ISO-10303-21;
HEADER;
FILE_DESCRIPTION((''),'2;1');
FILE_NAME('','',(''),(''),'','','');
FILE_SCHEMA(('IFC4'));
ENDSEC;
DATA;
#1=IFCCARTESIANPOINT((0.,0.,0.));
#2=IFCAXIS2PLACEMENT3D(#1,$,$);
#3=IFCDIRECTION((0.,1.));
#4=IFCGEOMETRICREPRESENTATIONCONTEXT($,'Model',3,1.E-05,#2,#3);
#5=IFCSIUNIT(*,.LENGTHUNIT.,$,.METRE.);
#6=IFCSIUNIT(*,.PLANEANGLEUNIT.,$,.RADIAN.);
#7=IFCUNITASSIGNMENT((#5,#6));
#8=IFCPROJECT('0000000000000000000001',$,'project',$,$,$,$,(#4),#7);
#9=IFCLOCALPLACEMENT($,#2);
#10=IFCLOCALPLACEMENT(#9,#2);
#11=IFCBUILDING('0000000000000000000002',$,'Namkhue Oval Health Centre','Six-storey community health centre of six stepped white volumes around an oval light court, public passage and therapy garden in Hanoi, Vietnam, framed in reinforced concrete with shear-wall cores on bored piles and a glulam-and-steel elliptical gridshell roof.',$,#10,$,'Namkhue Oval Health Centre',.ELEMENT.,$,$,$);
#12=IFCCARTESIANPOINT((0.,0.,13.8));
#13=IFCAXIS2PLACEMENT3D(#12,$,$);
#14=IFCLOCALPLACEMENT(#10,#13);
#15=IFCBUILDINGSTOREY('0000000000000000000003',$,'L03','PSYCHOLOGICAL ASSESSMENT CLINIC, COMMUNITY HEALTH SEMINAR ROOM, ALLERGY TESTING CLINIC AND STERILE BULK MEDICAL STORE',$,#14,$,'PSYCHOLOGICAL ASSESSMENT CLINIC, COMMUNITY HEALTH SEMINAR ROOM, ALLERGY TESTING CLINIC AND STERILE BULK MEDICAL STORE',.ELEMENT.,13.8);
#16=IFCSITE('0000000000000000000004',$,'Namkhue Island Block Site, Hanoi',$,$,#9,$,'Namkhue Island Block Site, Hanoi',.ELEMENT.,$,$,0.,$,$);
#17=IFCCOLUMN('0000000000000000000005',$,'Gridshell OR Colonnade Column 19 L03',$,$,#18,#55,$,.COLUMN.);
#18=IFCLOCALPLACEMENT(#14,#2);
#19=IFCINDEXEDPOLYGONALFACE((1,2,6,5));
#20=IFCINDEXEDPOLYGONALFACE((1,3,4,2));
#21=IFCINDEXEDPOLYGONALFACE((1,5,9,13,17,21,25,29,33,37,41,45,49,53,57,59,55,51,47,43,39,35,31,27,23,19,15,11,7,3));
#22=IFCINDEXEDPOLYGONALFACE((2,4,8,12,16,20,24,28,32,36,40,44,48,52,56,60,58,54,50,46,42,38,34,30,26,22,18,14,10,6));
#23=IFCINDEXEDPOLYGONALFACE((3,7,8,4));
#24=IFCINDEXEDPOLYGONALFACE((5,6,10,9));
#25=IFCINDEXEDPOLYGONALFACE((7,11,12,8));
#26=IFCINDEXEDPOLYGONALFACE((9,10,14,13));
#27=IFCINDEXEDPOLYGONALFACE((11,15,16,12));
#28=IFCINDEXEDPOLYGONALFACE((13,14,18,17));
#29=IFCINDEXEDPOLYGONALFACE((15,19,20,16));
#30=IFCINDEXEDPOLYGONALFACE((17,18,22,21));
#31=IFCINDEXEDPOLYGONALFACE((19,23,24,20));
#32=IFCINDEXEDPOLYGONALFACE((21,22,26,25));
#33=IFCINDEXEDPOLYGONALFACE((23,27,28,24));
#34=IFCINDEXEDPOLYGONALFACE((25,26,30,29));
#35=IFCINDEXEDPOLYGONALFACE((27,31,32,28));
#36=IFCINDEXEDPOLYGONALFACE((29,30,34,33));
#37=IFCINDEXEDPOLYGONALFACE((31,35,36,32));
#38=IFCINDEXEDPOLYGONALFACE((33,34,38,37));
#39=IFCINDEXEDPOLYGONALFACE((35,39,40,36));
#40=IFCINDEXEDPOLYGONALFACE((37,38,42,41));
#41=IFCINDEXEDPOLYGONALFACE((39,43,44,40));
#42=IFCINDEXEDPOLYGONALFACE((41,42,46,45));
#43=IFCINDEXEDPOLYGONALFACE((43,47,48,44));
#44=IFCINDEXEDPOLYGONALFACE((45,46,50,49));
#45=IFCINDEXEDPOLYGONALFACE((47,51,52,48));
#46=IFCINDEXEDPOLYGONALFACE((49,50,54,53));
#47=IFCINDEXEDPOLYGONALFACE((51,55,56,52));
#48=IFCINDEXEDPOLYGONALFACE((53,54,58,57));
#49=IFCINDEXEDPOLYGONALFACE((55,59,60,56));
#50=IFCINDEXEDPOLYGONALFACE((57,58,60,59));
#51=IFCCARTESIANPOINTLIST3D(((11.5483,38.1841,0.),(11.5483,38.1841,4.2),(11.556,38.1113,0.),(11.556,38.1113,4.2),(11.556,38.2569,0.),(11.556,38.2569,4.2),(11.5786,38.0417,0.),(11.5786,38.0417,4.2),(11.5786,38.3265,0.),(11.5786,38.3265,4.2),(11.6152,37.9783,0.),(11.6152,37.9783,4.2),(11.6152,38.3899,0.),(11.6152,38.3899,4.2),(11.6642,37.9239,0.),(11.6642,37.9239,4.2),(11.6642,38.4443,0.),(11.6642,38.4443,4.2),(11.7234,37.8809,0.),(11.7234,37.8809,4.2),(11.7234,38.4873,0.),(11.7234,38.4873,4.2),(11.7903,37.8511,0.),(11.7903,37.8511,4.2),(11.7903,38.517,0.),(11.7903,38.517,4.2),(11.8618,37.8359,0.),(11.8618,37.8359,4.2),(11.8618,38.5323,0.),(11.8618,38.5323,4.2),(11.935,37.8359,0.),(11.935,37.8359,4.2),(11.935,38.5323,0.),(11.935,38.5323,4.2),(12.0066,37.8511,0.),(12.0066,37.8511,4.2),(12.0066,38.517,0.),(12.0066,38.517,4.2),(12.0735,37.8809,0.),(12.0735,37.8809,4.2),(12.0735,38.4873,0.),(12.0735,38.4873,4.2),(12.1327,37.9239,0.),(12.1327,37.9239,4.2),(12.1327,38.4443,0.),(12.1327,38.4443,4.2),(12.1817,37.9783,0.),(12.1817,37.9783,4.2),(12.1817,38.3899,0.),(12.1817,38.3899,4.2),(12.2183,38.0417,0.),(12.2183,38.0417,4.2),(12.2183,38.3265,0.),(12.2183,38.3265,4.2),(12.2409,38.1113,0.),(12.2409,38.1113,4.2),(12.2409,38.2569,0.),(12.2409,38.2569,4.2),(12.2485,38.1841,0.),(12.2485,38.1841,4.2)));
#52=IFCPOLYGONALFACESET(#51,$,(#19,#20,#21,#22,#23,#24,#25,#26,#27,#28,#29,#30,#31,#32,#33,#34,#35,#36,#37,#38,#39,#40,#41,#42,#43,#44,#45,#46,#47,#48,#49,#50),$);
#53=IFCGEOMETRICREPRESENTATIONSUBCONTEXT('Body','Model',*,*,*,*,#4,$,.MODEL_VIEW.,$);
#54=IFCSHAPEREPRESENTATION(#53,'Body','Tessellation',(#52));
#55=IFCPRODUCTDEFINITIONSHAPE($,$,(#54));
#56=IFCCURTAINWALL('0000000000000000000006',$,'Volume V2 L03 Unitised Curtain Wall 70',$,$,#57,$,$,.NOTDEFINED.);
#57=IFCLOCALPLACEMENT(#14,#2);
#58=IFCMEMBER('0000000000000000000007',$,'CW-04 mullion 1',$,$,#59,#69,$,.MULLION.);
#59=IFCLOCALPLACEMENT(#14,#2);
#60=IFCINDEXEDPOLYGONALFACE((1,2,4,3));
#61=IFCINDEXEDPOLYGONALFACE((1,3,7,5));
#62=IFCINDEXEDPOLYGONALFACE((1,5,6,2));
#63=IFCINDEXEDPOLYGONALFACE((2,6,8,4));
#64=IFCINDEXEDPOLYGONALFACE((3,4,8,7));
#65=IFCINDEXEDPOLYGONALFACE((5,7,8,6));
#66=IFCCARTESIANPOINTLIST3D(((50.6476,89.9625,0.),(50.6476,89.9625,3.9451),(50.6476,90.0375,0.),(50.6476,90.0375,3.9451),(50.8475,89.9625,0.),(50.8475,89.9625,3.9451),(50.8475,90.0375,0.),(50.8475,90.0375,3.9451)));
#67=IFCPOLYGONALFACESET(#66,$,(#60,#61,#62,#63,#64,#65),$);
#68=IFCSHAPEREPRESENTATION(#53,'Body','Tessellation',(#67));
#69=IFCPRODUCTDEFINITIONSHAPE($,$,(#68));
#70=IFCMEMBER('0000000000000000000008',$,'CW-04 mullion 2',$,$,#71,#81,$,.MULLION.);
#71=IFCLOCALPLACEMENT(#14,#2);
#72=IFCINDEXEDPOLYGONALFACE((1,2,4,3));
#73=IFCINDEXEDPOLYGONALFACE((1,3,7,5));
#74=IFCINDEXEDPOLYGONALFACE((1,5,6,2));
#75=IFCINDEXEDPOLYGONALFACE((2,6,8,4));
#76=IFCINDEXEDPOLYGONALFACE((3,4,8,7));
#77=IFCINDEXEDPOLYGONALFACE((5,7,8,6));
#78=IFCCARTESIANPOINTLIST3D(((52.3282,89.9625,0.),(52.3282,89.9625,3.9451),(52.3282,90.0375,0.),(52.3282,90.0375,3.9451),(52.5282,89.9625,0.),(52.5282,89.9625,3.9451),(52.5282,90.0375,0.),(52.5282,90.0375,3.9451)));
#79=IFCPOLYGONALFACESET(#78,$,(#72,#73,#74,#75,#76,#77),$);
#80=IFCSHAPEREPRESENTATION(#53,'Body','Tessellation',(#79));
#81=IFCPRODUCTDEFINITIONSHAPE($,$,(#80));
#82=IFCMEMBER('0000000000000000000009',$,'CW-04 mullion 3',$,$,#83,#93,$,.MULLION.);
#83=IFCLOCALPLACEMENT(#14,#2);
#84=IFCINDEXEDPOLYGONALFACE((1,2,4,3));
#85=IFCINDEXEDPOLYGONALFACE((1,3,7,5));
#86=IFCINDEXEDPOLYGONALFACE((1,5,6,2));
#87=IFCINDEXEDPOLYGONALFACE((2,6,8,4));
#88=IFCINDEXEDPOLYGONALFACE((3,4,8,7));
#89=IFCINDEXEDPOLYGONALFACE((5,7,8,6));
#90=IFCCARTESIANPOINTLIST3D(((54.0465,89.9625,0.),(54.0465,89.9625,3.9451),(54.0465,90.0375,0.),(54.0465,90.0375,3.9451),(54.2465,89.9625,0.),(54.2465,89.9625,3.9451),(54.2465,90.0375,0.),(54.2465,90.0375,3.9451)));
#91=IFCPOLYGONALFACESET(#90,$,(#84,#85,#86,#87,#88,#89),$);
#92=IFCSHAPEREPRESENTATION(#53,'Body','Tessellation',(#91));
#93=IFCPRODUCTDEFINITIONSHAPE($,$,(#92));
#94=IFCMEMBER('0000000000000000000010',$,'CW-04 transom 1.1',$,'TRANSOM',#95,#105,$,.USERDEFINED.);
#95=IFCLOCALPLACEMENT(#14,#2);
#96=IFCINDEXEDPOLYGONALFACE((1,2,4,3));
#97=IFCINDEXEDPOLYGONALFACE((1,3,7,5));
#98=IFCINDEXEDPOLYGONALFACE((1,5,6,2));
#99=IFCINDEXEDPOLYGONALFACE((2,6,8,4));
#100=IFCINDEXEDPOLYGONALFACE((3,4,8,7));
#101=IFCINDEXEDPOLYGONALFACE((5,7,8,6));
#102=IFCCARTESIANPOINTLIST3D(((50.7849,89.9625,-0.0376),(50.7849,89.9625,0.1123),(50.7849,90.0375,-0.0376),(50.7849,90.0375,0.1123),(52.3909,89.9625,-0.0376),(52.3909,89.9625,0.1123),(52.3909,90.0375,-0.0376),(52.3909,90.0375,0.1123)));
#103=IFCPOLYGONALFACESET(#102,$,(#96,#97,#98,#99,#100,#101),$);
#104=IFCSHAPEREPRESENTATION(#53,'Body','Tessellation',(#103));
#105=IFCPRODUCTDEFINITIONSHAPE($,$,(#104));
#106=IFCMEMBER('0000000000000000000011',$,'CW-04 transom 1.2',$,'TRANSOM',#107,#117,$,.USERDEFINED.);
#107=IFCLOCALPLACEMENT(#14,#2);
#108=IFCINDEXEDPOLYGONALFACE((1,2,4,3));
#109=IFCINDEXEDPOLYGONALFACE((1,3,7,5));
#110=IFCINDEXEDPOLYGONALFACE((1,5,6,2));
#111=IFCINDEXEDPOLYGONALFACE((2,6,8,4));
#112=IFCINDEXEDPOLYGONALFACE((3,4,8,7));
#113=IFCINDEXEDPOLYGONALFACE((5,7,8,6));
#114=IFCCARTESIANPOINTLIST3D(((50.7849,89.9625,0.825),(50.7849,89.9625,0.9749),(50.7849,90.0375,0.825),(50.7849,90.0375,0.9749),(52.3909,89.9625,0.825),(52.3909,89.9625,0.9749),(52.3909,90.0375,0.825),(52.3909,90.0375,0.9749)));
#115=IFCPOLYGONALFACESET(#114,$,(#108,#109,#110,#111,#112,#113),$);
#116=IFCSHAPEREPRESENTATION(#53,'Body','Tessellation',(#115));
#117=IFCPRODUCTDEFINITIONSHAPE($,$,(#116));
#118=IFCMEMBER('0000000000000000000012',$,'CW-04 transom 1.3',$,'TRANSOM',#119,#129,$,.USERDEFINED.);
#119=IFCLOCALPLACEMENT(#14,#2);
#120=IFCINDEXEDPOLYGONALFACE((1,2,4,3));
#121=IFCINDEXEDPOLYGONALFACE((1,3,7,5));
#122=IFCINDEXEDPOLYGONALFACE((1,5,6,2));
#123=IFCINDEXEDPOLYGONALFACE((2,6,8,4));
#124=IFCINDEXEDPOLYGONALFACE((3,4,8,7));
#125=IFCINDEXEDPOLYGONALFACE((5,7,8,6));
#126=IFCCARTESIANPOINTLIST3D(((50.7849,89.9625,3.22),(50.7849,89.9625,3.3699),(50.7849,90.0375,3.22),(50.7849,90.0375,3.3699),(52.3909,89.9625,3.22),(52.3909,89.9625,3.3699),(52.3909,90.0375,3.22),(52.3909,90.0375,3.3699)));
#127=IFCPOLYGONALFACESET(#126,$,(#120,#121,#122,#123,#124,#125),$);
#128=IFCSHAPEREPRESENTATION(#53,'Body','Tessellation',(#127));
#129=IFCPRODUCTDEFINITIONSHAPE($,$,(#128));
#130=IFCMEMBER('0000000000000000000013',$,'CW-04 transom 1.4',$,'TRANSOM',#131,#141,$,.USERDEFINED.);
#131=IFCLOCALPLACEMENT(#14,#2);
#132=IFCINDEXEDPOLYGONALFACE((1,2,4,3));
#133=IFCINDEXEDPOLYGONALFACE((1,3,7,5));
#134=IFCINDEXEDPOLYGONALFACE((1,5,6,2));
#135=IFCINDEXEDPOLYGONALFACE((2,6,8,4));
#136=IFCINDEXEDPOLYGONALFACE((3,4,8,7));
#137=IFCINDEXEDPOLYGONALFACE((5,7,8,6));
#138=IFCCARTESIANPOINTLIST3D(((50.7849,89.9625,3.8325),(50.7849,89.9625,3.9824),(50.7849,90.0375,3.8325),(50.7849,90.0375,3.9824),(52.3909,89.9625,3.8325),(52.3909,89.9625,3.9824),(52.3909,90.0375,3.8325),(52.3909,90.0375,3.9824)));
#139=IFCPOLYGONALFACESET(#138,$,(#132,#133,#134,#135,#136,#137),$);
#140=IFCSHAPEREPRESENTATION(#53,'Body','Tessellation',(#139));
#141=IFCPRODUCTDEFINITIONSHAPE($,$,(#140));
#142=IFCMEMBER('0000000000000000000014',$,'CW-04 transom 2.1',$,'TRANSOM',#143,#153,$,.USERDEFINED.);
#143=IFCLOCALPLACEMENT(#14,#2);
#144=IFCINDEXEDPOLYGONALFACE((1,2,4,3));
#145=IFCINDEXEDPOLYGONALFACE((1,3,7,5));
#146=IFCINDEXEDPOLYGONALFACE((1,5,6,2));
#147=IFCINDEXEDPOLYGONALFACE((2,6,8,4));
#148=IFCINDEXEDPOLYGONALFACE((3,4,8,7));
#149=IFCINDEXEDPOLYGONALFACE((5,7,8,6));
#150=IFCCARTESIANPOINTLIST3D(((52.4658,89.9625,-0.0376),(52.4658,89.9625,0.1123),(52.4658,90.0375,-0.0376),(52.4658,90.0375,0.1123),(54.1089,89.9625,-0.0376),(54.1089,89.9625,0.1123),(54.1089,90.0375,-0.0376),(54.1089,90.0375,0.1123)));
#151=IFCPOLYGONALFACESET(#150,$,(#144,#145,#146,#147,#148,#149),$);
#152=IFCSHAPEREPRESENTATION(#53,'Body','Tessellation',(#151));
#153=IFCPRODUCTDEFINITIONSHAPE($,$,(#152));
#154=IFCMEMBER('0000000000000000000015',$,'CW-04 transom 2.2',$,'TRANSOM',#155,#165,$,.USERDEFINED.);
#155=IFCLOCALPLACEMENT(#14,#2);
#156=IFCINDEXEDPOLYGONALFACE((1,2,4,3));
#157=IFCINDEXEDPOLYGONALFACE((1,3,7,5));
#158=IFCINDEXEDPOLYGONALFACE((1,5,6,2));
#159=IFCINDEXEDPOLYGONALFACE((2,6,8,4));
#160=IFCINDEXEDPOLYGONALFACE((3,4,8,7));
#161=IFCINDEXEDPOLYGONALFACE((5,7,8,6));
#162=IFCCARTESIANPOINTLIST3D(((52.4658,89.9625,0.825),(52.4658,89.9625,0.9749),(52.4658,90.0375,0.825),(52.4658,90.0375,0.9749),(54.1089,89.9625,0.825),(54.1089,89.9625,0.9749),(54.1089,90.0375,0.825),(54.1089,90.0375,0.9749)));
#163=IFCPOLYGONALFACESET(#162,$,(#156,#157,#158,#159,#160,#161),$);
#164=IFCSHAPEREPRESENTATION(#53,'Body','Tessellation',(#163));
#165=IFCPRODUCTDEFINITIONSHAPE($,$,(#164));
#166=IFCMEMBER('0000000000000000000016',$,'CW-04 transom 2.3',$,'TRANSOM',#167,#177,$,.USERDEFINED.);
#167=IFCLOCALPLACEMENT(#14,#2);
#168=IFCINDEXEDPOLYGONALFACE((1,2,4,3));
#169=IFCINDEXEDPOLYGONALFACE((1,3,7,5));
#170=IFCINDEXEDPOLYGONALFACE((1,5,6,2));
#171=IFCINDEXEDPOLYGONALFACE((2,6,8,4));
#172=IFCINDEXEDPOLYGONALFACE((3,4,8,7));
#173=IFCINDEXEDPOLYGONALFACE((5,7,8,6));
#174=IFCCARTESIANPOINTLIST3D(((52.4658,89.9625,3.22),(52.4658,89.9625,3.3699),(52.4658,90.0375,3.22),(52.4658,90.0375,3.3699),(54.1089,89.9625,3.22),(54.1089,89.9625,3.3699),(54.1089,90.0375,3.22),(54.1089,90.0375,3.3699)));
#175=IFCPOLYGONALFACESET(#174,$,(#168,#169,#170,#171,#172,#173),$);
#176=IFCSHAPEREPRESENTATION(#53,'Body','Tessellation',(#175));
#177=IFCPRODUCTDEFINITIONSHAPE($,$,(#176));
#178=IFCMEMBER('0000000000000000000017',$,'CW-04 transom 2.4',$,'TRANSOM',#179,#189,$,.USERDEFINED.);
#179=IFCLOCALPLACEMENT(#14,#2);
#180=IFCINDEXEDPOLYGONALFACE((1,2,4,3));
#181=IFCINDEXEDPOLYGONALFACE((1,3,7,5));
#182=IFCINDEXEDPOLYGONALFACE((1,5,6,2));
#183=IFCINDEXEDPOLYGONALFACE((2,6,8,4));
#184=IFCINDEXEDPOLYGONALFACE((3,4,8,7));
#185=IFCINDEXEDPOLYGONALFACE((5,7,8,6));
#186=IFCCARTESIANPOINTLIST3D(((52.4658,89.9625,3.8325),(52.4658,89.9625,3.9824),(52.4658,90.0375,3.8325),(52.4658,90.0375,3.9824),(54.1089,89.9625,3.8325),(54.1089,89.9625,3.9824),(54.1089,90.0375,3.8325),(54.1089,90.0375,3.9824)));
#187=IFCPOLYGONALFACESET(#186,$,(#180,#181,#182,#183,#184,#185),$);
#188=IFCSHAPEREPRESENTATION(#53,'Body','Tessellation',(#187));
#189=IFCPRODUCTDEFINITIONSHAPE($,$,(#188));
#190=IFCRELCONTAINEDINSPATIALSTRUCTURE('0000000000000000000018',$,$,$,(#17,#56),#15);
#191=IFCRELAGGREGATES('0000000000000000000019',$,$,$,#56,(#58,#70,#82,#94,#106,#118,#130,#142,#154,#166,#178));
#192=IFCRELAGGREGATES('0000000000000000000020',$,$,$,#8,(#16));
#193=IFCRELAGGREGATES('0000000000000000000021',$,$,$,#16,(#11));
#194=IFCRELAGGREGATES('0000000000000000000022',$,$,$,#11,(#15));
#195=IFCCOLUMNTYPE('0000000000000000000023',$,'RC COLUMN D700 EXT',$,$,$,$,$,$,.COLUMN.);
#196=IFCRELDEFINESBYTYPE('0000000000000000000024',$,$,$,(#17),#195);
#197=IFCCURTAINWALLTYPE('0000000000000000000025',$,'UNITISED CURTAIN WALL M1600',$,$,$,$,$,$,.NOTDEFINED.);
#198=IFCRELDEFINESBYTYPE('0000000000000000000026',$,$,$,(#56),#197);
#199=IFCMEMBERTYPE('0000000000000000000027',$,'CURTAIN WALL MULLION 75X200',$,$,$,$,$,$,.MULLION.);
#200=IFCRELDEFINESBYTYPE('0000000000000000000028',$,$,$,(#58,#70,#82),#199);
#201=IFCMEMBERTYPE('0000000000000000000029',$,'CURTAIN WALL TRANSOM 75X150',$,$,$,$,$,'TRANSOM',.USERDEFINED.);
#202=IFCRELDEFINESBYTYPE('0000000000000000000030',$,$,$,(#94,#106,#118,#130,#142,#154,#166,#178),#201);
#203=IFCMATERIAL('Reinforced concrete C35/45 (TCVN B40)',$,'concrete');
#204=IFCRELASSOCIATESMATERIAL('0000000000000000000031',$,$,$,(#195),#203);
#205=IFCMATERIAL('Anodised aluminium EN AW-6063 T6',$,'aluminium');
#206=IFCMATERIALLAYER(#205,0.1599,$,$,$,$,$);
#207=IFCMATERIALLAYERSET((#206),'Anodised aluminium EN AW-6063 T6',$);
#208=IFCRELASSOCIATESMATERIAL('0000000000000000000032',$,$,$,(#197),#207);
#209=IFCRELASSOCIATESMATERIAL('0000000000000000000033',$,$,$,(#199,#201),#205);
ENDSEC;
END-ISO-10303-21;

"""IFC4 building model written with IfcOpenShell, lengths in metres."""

from ifc_helpers import new_model, si_unit, direction, frame, origin, origin_2d, place, context, subcontext, project, spatial, rectangle, circle, extrude, material, layer, layer_set, material_profile, profile_set, type_object, element, aggregate, save


model = new_model("IFC4")

# Units and contexts
model_context = context("Model", 3, precision=1e-05, world=origin(), true_north=direction((0.0, 1.0)))
body_context = subcontext(model_context, "Body", "Model", "MODEL_VIEW")
ifc_project = project(units=[si_unit("LENGTHUNIT", "METRE"), si_unit("PLANEANGLEUNIT", "RADIAN")], contexts=[model_context])

# Site, building, storey
site_placement = place(None, origin())
site = spatial("IfcSite", under=ifc_project, at=site_placement, Name="Namkhue Island Block Site, Hanoi", LongName="Namkhue Island Block Site, Hanoi", CompositionType="ELEMENT", RefElevation=0.0)
building_placement = place(site_placement, origin())
building = spatial("IfcBuilding", under=site, at=building_placement, Name="Namkhue Oval Health Centre", Description="Six-storey community health centre of six stepped white volumes around an oval light court, public passage and therapy garden in Hanoi, Vietnam, framed in reinforced concrete with shear-wall cores on bored piles and a glulam-and-steel elliptical gridshell roof.", LongName="Namkhue Oval Health Centre", CompositionType="ELEMENT")
storey_placement = place(building_placement, frame((0.0, 0.0, 13.8)))
storey = spatial("IfcBuildingStorey", under=building, at=storey_placement, Name="L03", Description="PSYCHOLOGICAL ASSESSMENT CLINIC, COMMUNITY HEALTH SEMINAR ROOM, ALLERGY TESTING CLINIC AND STERILE BULK MEDICAL STORE", LongName="PSYCHOLOGICAL ASSESSMENT CLINIC, COMMUNITY HEALTH SEMINAR ROOM, ALLERGY TESTING CLINIC AND STERILE BULK MEDICAL STORE", CompositionType="ELEMENT", Elevation=13.8)

# Column
ifc_material_1 = material(Name="Reinforced concrete C35/45 (TCVN B40)", Category="concrete")
ifc_material_profile_1 = material_profile(ifc_material_1, circle(Radius=0.3501, at=origin_2d()), Name="RC D700")
ifc_profile_set_1 = profile_set([ifc_material_profile_1], Name="Reinforced concrete C35/45 (TCVN B40)")
column_type_1 = type_object("IfcColumnType", Name="RC COLUMN D700 EXT", PredefinedType="COLUMN", material=ifc_profile_set_1)
for number, where, z_axis, x_axis, name in (
    (1, (11.8984, 38.1841, 0.0), (0.0, 0.0, 1.0), (1.0, 0.0, 0.0), "Gridshell OR Colonnade Column 19 L03"),
):
    element("IfcColumn", number, at=place(storey_placement, frame(where, z_axis=z_axis, x_axis=x_axis)), inside=storey, type_object=column_type_1, Name=name, PredefinedType="COLUMN", context=body_context, shape_type="SweptSolid", body=[
        extrude(circle(Radius=0.3501, at=origin_2d()), origin(), (0.0, 0.0, 1.0), 4.2),
    ])

# Curtain wall, members
ifc_material_2 = material(Name="Anodised aluminium EN AW-6063 T6", Category="aluminium")
ifc_layer_1 = layer(ifc_material_2, 0.1599)
ifc_layer_set_1 = layer_set([ifc_layer_1], Name="Anodised aluminium EN AW-6063 T6")
curtain_wall_type = type_object("IfcCurtainWallType", Name="UNITISED CURTAIN WALL M1600", PredefinedType="NOTDEFINED", material=ifc_layer_set_1)
curtain_wall_placement = place(storey_placement, origin())
curtain_wall = element("IfcCurtainWall", 2, at=curtain_wall_placement, inside=storey, type_object=curtain_wall_type, Name="Volume V2 L03 Unitised Curtain Wall 70", PredefinedType="NOTDEFINED")
ifc_material_profile_2 = material_profile(ifc_material_2, rectangle(XDim=0.075, YDim=0.2, at=origin_2d()), Name="ALU 75x200")
ifc_profile_set_2 = profile_set([ifc_material_profile_2], Name="Anodised aluminium EN AW-6063 T6")
member_type_1 = type_object("IfcMemberType", Name="CURTAIN WALL MULLION 75X200", PredefinedType="MULLION", material=ifc_profile_set_2)
member_1_placement = place(storey_placement, frame((50.7476, 90.0, 0.0), z_axis=(0.0, 0.0, 1.0), x_axis=(0.0, 1.0, 0.0)))
member_1 = element("IfcMember", 3, at=member_1_placement, type_object=member_type_1, Name="CW-04 mullion 1", PredefinedType="MULLION", context=body_context, shape_type="SweptSolid", body=[
    extrude(rectangle(XDim=0.075, YDim=0.2, at=origin_2d()), origin(), (0.0, 0.0, 1.0), 3.9451),
])
member_2_placement = place(storey_placement, frame((52.4282, 90.0, 0.0), z_axis=(0.0, 0.0, 1.0), x_axis=(0.0, 1.0, 0.0)))
member_2 = element("IfcMember", 4, at=member_2_placement, type_object=member_type_1, Name="CW-04 mullion 2", PredefinedType="MULLION", context=body_context, shape_type="SweptSolid", body=[
    extrude(rectangle(XDim=0.075, YDim=0.2, at=origin_2d()), origin(), (0.0, 0.0, 1.0), 3.9451),
])
member_3_placement = place(storey_placement, frame((54.1465, 90.0, 0.0), z_axis=(0.0, 0.0, 1.0), x_axis=(0.0, 1.0, 0.0)))
member_3 = element("IfcMember", 5, at=member_3_placement, type_object=member_type_1, Name="CW-04 mullion 3", PredefinedType="MULLION", context=body_context, shape_type="SweptSolid", body=[
    extrude(rectangle(XDim=0.075, YDim=0.2, at=origin_2d()), origin(), (0.0, 0.0, 1.0), 3.9451),
])
ifc_material_profile_3 = material_profile(ifc_material_2, rectangle(XDim=0.075, YDim=0.1499, at=origin_2d()), Name="ALU 75x150")
ifc_profile_set_3 = profile_set([ifc_material_profile_3], Name="Anodised aluminium EN AW-6063 T6")
member_type_2 = type_object("IfcMemberType", Name="CURTAIN WALL TRANSOM 75X150", ElementType="TRANSOM", PredefinedType="USERDEFINED", material=ifc_profile_set_3)
member_4_placement = place(storey_placement, frame((50.7849, 90.0, 0.0374), z_axis=(1.0, 0.0, 0.0), x_axis=(0.0, 1.0, 0.0)))
member_4 = element("IfcMember", 6, at=member_4_placement, type_object=member_type_2, Name="CW-04 transom 1.1", ObjectType="TRANSOM", PredefinedType="USERDEFINED", context=body_context, shape_type="SweptSolid", body=[
    extrude(rectangle(XDim=0.075, YDim=0.1499, at=origin_2d()), origin(), (0.0, 0.0, 1.0), 1.606),
])
member_5_placement = place(storey_placement, frame((50.7849, 90.0, 0.8999), z_axis=(1.0, 0.0, 0.0), x_axis=(0.0, 1.0, 0.0)))
member_5 = element("IfcMember", 7, at=member_5_placement, type_object=member_type_2, Name="CW-04 transom 1.2", ObjectType="TRANSOM", PredefinedType="USERDEFINED", context=body_context, shape_type="SweptSolid", body=[
    extrude(rectangle(XDim=0.075, YDim=0.1499, at=origin_2d()), origin(), (0.0, 0.0, 1.0), 1.606),
])
member_6_placement = place(storey_placement, frame((50.7849, 90.0, 3.2949), z_axis=(1.0, 0.0, 0.0), x_axis=(0.0, 1.0, 0.0)))
member_6 = element("IfcMember", 8, at=member_6_placement, type_object=member_type_2, Name="CW-04 transom 1.3", ObjectType="TRANSOM", PredefinedType="USERDEFINED", context=body_context, shape_type="SweptSolid", body=[
    extrude(rectangle(XDim=0.075, YDim=0.1499, at=origin_2d()), origin(), (0.0, 0.0, 1.0), 1.606),
])
member_7_placement = place(storey_placement, frame((50.7849, 90.0, 3.9075), z_axis=(1.0, 0.0, 0.0), x_axis=(0.0, 1.0, 0.0)))
member_7 = element("IfcMember", 9, at=member_7_placement, type_object=member_type_2, Name="CW-04 transom 1.4", ObjectType="TRANSOM", PredefinedType="USERDEFINED", context=body_context, shape_type="SweptSolid", body=[
    extrude(rectangle(XDim=0.075, YDim=0.1499, at=origin_2d()), origin(), (0.0, 0.0, 1.0), 1.606),
])
member_8_placement = place(storey_placement, frame((52.4658, 90.0, 0.0374), z_axis=(1.0, 0.0, 0.0), x_axis=(0.0, 1.0, 0.0)))
member_8 = element("IfcMember", 10, at=member_8_placement, type_object=member_type_2, Name="CW-04 transom 2.1", ObjectType="TRANSOM", PredefinedType="USERDEFINED", context=body_context, shape_type="SweptSolid", body=[
    extrude(rectangle(XDim=0.075, YDim=0.1499, at=origin_2d()), origin(), (0.0, 0.0, 1.0), 1.6431),
])
member_9_placement = place(storey_placement, frame((52.4658, 90.0, 0.8999), z_axis=(1.0, 0.0, 0.0), x_axis=(0.0, 1.0, 0.0)))
member_9 = element("IfcMember", 11, at=member_9_placement, type_object=member_type_2, Name="CW-04 transom 2.2", ObjectType="TRANSOM", PredefinedType="USERDEFINED", context=body_context, shape_type="SweptSolid", body=[
    extrude(rectangle(XDim=0.075, YDim=0.1499, at=origin_2d()), origin(), (0.0, 0.0, 1.0), 1.6431),
])
member_10_placement = place(storey_placement, frame((52.4658, 90.0, 3.2949), z_axis=(1.0, 0.0, 0.0), x_axis=(0.0, 1.0, 0.0)))
member_10 = element("IfcMember", 12, at=member_10_placement, type_object=member_type_2, Name="CW-04 transom 2.3", ObjectType="TRANSOM", PredefinedType="USERDEFINED", context=body_context, shape_type="SweptSolid", body=[
    extrude(rectangle(XDim=0.075, YDim=0.1499, at=origin_2d()), origin(), (0.0, 0.0, 1.0), 1.6431),
])
member_11_placement = place(storey_placement, frame((52.4658, 90.0, 3.9075), z_axis=(1.0, 0.0, 0.0), x_axis=(0.0, 1.0, 0.0)))
member_11 = element("IfcMember", 13, at=member_11_placement, type_object=member_type_2, Name="CW-04 transom 2.4", ObjectType="TRANSOM", PredefinedType="USERDEFINED", context=body_context, shape_type="SweptSolid", body=[
    extrude(rectangle(XDim=0.075, YDim=0.1499, at=origin_2d()), origin(), (0.0, 0.0, 1.0), 1.6431),
])
aggregate(curtain_wall, [member_1, member_2, member_3, member_4, member_5, member_6, member_7, member_8, member_9, member_10, member_11])

save(model, "model.ifc")
